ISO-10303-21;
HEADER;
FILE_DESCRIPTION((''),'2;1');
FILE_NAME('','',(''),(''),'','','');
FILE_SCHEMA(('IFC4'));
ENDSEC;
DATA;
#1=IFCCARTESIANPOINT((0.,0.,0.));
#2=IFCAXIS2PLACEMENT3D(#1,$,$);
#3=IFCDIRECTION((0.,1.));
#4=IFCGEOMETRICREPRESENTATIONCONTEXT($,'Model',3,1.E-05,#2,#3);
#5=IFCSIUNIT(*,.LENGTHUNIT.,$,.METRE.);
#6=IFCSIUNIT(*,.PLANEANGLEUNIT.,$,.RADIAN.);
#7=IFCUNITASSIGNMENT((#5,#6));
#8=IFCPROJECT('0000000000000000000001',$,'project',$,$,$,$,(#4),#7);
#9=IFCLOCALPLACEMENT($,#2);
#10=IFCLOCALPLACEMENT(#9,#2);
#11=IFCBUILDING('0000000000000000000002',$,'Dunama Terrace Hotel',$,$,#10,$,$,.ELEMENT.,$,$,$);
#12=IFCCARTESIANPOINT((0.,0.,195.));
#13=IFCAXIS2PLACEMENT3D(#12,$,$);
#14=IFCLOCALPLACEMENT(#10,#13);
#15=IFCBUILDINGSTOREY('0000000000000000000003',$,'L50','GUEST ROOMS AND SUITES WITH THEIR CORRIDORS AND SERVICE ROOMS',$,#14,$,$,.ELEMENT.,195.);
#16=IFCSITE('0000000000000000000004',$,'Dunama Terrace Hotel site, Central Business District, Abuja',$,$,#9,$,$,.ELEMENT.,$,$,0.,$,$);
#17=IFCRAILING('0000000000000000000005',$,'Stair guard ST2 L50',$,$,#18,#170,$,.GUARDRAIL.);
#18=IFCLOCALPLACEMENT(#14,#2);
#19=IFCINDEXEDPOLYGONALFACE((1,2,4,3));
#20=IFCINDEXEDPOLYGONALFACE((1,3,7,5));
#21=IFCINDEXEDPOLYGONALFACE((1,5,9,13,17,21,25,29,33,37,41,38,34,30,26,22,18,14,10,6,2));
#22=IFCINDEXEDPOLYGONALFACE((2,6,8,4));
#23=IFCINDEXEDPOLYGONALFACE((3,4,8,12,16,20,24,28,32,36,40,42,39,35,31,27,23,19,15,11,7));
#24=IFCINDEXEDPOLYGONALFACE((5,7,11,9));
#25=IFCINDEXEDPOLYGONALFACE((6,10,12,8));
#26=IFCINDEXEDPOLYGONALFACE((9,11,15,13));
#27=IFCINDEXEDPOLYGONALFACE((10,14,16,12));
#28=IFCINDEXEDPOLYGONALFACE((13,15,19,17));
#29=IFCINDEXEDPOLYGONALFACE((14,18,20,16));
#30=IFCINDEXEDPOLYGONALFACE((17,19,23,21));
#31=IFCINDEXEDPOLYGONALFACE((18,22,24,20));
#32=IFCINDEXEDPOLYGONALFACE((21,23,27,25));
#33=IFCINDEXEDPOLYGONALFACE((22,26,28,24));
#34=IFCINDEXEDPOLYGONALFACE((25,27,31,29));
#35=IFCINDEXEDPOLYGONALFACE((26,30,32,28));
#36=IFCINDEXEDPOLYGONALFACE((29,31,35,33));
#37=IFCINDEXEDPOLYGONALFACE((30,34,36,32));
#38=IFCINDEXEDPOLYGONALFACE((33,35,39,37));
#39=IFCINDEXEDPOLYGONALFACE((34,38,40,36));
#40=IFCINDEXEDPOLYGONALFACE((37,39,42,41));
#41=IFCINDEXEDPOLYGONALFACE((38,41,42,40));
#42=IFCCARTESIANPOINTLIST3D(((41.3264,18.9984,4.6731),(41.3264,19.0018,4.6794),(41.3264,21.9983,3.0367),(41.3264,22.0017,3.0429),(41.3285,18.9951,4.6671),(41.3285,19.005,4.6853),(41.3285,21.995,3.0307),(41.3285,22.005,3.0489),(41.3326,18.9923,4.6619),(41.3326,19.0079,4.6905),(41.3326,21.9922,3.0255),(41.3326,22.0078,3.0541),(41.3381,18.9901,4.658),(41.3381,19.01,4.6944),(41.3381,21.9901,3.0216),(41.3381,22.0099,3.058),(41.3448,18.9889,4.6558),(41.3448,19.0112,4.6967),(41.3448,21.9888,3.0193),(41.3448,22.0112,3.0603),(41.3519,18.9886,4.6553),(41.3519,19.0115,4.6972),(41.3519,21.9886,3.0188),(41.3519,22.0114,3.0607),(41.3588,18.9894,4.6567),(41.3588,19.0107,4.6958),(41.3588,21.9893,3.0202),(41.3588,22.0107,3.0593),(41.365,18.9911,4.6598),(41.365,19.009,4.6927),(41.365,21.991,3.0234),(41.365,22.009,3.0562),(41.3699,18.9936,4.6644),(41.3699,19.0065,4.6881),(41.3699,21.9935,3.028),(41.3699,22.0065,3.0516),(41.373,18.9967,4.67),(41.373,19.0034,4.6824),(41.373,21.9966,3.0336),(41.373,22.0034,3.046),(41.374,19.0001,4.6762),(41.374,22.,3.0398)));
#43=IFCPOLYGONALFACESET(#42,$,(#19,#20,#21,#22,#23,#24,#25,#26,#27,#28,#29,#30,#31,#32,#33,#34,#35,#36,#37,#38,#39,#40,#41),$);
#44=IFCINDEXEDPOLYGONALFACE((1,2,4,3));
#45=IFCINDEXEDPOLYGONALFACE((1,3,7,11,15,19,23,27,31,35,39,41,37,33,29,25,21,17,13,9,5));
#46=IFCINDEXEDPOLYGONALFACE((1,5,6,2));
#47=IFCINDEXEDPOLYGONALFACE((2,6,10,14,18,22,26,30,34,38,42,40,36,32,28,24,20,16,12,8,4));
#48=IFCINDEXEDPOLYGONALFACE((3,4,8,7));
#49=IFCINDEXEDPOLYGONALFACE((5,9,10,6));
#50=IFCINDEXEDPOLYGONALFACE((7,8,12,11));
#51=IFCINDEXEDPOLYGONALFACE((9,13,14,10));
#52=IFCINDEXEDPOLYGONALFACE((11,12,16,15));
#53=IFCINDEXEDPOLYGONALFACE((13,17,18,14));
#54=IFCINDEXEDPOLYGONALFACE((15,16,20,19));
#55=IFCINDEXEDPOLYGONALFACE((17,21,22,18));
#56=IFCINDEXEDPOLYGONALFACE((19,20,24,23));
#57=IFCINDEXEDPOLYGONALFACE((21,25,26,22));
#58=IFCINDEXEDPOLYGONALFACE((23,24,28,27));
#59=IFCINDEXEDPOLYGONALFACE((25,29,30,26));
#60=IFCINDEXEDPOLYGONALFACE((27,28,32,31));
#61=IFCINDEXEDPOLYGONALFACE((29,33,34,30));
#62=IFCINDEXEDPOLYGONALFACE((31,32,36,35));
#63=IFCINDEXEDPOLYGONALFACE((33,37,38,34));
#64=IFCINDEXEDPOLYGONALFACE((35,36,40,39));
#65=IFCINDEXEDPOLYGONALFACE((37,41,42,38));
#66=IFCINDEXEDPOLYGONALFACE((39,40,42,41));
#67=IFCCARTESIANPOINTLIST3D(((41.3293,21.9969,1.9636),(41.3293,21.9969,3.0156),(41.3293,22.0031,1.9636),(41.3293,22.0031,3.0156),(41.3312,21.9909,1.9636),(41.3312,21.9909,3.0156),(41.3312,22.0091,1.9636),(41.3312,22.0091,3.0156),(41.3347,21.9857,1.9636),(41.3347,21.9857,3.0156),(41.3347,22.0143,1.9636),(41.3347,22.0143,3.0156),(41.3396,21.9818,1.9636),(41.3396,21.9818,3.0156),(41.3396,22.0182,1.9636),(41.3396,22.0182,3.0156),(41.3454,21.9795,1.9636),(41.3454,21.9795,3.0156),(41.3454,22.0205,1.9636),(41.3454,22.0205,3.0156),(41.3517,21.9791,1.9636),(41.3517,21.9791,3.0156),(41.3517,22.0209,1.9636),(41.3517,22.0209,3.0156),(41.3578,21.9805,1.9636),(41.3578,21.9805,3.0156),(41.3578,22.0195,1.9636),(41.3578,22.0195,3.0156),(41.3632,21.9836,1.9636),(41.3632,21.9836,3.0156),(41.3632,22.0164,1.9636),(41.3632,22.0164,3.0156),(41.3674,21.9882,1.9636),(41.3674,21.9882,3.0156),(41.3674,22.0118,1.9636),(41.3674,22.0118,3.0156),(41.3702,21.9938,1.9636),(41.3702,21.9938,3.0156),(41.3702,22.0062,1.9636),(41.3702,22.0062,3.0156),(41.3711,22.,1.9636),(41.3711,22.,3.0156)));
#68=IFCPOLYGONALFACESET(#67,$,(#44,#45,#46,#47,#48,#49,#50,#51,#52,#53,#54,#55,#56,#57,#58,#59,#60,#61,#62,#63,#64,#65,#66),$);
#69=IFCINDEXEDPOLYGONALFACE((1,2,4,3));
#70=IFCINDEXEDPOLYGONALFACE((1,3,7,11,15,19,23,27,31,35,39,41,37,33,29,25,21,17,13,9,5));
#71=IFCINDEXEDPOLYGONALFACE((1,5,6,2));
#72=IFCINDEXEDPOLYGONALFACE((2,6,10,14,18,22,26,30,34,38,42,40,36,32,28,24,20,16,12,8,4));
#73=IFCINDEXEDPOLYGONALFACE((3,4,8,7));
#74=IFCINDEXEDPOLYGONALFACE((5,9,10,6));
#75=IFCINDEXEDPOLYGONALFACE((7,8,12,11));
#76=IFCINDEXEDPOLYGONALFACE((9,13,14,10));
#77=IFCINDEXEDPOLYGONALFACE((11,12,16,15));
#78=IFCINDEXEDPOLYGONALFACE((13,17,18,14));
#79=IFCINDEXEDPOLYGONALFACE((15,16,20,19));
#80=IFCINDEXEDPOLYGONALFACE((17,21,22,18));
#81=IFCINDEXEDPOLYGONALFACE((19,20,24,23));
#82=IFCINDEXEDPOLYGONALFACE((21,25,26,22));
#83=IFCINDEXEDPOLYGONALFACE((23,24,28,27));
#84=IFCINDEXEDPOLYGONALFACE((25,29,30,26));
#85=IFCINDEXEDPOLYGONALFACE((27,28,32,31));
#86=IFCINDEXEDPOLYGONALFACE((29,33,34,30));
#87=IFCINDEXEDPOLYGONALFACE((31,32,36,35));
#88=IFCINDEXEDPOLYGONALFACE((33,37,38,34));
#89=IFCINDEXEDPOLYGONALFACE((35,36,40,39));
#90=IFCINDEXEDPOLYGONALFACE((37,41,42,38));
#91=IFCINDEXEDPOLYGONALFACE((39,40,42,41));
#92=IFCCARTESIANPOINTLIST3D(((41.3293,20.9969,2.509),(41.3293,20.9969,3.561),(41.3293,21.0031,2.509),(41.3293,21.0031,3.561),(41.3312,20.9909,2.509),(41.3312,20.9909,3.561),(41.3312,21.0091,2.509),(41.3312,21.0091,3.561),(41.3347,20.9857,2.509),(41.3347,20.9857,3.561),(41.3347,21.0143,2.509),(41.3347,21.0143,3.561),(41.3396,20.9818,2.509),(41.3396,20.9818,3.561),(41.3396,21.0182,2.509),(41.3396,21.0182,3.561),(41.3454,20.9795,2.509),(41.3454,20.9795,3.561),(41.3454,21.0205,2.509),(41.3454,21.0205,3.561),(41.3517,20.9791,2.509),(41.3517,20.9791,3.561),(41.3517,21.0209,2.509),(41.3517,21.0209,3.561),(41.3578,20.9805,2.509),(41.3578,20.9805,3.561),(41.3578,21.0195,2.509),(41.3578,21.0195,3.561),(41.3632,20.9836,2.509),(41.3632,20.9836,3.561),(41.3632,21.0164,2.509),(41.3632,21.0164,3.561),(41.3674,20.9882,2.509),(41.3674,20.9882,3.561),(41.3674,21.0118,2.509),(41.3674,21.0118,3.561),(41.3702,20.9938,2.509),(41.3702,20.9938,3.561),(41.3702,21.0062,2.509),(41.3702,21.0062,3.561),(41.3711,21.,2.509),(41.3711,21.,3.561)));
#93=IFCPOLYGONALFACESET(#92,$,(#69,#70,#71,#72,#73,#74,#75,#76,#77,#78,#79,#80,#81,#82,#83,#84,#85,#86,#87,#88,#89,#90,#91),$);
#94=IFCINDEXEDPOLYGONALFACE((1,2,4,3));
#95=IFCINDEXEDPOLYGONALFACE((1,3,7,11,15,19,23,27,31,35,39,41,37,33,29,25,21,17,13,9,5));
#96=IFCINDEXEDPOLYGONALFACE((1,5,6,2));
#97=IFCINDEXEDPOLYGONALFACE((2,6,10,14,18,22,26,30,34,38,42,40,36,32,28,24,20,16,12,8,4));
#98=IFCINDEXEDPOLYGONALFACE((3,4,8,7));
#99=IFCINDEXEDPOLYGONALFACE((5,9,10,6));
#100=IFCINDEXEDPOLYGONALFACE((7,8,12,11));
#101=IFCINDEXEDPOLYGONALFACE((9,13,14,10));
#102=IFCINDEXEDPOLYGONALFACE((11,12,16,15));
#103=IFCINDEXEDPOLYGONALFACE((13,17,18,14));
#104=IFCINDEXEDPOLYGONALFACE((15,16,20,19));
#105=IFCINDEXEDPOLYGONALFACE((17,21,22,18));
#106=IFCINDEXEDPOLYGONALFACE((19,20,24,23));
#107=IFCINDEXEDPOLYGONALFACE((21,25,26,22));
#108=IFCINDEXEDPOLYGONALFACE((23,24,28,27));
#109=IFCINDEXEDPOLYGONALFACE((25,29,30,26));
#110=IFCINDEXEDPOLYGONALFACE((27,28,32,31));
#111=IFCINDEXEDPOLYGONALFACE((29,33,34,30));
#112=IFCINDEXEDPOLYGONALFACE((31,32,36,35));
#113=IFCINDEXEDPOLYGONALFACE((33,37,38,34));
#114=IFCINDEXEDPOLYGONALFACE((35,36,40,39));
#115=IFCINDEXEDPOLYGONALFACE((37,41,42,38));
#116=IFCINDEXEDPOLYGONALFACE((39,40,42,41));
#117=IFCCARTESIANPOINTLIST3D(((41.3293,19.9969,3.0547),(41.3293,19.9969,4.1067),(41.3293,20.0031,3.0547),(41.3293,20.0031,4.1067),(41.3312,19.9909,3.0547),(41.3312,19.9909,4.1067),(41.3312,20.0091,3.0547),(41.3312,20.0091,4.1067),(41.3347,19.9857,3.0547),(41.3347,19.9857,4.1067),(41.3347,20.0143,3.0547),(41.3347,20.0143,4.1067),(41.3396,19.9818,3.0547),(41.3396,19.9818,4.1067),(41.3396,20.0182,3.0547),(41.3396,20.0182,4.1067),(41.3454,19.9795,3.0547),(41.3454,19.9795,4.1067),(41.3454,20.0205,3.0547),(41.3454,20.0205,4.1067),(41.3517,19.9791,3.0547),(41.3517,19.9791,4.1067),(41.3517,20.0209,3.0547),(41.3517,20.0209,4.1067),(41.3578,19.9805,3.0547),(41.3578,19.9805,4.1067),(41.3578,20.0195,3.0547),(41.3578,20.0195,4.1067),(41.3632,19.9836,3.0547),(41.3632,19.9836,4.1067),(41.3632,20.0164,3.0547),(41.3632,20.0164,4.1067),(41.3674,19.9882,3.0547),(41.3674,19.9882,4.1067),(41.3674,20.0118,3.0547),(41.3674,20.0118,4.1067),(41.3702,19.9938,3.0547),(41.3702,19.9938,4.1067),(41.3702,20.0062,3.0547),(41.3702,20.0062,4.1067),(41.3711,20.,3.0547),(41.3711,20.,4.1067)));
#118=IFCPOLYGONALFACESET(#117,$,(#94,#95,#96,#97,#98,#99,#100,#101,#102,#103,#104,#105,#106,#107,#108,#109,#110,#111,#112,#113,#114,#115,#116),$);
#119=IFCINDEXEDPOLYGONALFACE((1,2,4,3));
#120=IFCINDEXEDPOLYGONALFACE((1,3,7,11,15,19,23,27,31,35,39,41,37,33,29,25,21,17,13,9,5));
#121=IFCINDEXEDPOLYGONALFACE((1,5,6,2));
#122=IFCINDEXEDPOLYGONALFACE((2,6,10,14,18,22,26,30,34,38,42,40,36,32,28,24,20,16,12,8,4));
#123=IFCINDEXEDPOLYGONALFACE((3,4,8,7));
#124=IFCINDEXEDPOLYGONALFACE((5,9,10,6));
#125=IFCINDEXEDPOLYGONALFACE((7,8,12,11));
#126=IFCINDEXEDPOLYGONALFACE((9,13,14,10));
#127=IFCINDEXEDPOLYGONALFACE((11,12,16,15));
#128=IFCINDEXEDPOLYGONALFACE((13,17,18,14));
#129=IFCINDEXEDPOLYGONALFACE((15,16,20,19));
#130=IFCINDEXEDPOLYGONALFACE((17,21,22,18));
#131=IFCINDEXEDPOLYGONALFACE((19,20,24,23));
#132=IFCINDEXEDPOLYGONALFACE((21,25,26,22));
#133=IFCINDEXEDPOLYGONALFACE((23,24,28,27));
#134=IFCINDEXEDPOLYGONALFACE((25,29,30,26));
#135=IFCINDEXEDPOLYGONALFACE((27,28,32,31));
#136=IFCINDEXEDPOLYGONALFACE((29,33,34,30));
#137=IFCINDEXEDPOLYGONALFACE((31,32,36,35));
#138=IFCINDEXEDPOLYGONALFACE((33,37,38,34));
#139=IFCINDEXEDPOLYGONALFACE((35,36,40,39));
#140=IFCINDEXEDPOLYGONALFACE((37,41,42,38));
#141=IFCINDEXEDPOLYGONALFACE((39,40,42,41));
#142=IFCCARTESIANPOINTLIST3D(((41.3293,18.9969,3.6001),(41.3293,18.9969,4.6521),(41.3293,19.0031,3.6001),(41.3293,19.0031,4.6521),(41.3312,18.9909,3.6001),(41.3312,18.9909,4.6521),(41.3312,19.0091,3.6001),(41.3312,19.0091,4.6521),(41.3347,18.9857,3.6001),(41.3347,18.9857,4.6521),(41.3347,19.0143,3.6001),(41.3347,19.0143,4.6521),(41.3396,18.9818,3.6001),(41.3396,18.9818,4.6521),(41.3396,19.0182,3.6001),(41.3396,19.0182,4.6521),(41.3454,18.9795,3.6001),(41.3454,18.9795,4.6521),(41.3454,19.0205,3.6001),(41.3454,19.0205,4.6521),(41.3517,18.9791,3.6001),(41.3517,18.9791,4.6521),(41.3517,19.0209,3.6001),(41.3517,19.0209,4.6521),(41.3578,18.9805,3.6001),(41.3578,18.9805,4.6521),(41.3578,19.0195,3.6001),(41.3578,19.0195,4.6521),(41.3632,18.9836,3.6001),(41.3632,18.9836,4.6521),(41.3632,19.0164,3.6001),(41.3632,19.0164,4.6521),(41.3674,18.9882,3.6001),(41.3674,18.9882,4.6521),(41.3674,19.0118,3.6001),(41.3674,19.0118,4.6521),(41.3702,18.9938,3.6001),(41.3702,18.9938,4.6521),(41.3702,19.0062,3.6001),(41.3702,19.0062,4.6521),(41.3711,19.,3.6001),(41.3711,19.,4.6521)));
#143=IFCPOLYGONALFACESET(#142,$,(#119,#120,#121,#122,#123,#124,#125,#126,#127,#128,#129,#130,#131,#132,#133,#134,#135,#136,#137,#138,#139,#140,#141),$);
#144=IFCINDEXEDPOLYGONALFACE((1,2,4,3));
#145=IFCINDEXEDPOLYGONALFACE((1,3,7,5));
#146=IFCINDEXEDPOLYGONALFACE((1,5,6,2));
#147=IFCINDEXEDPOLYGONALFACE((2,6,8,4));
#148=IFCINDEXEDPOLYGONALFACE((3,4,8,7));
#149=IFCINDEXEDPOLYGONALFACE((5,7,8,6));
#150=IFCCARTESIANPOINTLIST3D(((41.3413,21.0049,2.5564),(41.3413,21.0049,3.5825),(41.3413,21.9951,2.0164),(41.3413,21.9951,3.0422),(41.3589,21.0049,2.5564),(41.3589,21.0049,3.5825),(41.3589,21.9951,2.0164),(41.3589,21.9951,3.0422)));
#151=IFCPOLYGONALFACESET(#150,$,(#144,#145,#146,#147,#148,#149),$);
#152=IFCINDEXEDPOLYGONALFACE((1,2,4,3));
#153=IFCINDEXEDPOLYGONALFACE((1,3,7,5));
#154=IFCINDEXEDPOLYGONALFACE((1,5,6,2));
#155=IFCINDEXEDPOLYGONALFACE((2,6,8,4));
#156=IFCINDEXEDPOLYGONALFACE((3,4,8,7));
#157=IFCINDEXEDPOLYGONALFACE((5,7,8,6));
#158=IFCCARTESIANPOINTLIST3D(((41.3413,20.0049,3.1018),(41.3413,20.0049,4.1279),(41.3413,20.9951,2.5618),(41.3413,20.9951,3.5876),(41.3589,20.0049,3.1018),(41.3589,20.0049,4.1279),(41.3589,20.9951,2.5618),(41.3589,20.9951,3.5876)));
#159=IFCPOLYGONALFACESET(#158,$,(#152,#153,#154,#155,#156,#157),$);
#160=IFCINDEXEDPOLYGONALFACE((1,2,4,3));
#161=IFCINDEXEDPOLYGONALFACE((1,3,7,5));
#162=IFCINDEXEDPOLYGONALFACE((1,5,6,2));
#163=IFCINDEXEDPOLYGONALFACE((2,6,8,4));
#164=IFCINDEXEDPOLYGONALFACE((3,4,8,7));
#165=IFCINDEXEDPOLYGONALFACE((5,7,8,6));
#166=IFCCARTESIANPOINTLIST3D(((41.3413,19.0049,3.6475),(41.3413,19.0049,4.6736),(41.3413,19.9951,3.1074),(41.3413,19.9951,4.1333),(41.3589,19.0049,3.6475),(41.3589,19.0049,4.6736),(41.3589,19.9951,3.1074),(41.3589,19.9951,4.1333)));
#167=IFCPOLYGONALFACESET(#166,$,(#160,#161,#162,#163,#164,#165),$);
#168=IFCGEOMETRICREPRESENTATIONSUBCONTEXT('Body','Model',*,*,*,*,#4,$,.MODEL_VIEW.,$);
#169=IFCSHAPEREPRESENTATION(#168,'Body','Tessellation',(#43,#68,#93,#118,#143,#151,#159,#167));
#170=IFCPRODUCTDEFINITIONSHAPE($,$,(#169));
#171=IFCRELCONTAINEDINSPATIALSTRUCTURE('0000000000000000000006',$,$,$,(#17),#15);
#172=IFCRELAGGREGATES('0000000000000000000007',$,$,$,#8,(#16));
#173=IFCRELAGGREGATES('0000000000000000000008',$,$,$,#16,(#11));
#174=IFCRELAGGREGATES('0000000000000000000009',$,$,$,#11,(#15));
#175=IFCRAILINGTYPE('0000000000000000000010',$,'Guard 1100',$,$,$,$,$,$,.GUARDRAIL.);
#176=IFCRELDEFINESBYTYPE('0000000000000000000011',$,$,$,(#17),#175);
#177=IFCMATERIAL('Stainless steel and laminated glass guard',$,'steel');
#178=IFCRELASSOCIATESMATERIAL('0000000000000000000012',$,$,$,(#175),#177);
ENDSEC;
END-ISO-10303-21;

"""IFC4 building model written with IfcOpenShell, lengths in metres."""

from ifc_helpers import new_model, si_unit, direction, frame, origin, origin_2d, place, context, subcontext, project, spatial, polyline, circle, outline, extrude, material, type_object, element, save


model = new_model("IFC4")

# Units and contexts
model_context = context("Model", 3, precision=1e-05, world=origin(), true_north=direction((0.0, 1.0)))
body_context = subcontext(model_context, "Body", "Model", "MODEL_VIEW")
ifc_project = project(units=[si_unit("LENGTHUNIT", "METRE"), si_unit("PLANEANGLEUNIT", "RADIAN")], contexts=[model_context])

# Site, building, storey
site_placement = place(None, origin())
site = spatial("IfcSite", under=ifc_project, at=site_placement, Name="Dunama Terrace Hotel site, Central Business District, Abuja", CompositionType="ELEMENT", RefElevation=0.0)
building_placement = place(site_placement, origin())
building = spatial("IfcBuilding", under=site, at=building_placement, Name="Dunama Terrace Hotel", CompositionType="ELEMENT")
storey_placement = place(building_placement, frame((0.0, 0.0, 195.0)))
storey = spatial("IfcBuildingStorey", under=building, at=storey_placement, Name="L50", Description="GUEST ROOMS AND SUITES WITH THEIR CORRIDORS AND SERVICE ROOMS", CompositionType="ELEMENT", Elevation=195.0)

# Railing
ifc_material_1 = material(Name="Stainless steel and laminated glass guard", Category="steel")
railing_type = type_object("IfcRailingType", Name="Guard 1100", PredefinedType="GUARDRAIL", material=ifc_material_1)
railing_placement = place(storey_placement, frame((41.3501, 22.0, 1.9636)))
element("IfcRailing", 1, at=railing_placement, inside=storey, type_object=railing_type, Name="Stair guard ST2 L50", PredefinedType="GUARDRAIL", context=body_context, shape_type="SweptSolid", body=[
    extrude(circle(Radius=0.0239, at=origin_2d()), frame((0.0, 0.0, 1.0762), z_axis=(0.0, -0.877882, 0.478877), x_axis=(1.0, 0.0, 0.0)), (0.0, 0.0, 1.0), 3.4172),
    extrude(circle(Radius=0.021, at=origin_2d()), origin(), (0.0, 0.0, 1.0), 1.052),
    extrude(circle(Radius=0.021, at=origin_2d()), frame((0.0, -1.0, 0.5454)), (0.0, 0.0, 1.0), 1.052),
    extrude(circle(Radius=0.021, at=origin_2d()), frame((0.0, -2.0, 1.0911)), (0.0, 0.0, 1.0), 1.052),
    extrude(circle(Radius=0.021, at=origin_2d()), frame((0.0, -3.0, 1.6365)), (0.0, 0.0, 1.0), 1.052),
    extrude(outline(polyline([(0.0049, 0.0527), (0.9951, 0.5928), (0.9951, 1.6189), (0.0049, 1.0786), (0.0049, 0.0527)])), frame((0.0088, 0.0, 0.0), z_axis=(-1.0, 0.0, 0.0), x_axis=(0.0, -1.0, 0.0)), (0.0, 0.0, 1.0), 0.0176),
    extrude(outline(polyline([(0.0049, 0.0527), (0.9951, 0.5928), (0.9951, 1.6189), (0.0049, 1.0786), (0.0049, 0.0527)])), frame((0.0088, -1.0, 0.5454), z_axis=(-1.0, 0.0, 0.0), x_axis=(0.0, -1.0, 0.0)), (0.0, 0.0, 1.0), 0.0176),
    extrude(outline(polyline([(0.0049, 0.0527), (0.9951, 0.5928), (0.9951, 1.6189), (0.0049, 1.0786), (0.0049, 0.0527)])), frame((0.0088, -2.0, 1.0911), z_axis=(-1.0, 0.0, 0.0), x_axis=(0.0, -1.0, 0.0)), (0.0, 0.0, 1.0), 0.0176),
])

save(model, "model.ifc")
